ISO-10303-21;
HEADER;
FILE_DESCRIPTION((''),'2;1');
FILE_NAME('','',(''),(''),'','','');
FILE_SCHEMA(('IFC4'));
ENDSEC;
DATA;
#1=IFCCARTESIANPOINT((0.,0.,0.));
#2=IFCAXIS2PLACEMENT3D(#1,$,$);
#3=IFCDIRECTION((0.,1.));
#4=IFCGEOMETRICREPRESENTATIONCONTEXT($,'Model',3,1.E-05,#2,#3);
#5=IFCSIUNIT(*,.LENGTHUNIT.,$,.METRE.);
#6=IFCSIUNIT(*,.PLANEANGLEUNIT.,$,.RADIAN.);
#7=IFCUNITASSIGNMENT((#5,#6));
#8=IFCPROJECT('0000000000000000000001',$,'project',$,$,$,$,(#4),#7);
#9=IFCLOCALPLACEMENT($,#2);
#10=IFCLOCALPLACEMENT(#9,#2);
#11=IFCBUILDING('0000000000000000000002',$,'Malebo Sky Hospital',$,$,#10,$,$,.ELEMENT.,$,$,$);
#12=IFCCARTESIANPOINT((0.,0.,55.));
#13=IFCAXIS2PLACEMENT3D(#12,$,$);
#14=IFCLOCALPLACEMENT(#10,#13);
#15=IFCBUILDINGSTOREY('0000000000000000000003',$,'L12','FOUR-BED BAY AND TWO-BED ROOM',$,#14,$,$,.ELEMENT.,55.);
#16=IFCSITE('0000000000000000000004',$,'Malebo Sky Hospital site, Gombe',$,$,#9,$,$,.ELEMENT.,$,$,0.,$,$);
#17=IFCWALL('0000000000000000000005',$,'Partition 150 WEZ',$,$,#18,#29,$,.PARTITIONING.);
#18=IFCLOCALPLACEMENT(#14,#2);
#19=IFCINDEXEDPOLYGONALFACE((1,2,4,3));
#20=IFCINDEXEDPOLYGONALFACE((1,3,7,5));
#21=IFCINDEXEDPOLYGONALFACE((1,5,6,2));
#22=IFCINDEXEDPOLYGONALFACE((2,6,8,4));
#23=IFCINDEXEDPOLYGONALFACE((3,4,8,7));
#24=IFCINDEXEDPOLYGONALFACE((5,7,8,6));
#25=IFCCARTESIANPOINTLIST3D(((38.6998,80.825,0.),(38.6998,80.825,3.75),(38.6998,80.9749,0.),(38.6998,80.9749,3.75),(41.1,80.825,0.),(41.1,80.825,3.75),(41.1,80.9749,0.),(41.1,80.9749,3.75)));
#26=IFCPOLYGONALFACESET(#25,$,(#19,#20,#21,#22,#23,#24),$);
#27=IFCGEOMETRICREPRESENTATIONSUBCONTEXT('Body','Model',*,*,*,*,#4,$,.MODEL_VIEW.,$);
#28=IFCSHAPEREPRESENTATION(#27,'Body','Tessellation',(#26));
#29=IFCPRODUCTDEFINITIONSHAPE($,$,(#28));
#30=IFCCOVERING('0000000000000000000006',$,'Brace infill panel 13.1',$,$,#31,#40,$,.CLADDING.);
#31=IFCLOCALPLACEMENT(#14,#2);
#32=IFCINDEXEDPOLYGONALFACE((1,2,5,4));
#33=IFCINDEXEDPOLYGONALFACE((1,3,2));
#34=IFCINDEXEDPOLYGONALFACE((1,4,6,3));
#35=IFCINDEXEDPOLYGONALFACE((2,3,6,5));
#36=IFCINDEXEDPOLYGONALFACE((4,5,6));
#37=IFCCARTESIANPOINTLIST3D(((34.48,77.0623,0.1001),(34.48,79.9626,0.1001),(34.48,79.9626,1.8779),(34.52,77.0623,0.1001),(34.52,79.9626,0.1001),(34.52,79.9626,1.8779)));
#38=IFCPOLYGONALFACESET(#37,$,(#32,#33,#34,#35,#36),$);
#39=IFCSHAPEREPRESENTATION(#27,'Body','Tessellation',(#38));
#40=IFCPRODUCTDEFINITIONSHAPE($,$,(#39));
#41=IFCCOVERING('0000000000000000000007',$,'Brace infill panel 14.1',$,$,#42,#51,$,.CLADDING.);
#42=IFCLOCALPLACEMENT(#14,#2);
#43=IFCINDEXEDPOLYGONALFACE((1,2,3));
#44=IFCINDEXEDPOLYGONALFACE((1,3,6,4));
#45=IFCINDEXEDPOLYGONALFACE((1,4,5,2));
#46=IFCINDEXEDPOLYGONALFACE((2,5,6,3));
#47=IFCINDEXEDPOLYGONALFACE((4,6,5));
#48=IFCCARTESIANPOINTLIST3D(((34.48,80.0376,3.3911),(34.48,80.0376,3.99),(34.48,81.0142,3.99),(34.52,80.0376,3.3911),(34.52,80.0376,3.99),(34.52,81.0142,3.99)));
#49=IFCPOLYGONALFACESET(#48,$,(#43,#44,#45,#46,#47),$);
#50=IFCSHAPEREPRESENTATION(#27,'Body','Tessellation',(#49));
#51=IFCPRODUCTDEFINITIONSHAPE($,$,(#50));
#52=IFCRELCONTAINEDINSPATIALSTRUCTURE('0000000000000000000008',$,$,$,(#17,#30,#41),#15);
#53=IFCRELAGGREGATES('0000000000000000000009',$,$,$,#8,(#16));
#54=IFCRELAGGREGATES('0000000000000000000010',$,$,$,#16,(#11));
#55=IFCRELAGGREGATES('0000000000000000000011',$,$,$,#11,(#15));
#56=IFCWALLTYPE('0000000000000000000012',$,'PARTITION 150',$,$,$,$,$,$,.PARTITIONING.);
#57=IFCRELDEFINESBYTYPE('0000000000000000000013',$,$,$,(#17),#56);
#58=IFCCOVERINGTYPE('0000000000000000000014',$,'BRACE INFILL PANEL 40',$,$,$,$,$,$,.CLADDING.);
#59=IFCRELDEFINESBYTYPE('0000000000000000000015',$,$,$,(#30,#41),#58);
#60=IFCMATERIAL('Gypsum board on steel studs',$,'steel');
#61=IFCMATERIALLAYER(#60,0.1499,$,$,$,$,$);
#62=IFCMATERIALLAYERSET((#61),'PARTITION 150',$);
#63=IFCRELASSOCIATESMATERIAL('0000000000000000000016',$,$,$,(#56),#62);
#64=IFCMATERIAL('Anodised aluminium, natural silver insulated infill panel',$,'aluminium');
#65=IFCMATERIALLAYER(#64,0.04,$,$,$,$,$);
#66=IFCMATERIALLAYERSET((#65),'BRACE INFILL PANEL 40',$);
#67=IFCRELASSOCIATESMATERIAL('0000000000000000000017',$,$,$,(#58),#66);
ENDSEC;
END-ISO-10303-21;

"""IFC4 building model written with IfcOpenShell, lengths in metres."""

from ifc_helpers import new_model, si_unit, direction, frame, frame_2d, origin, place, context, subcontext, project, spatial, polyline, rectangle, outline, extrude, material, layer, layer_set, type_object, element, save


model = new_model("IFC4")

# Units and contexts
model_context = context("Model", 3, precision=1e-05, world=origin(), true_north=direction((0.0, 1.0)))
body_context = subcontext(model_context, "Body", "Model", "MODEL_VIEW")
ifc_project = project(units=[si_unit("LENGTHUNIT", "METRE"), si_unit("PLANEANGLEUNIT", "RADIAN")], contexts=[model_context])

# Site, building, storey
site_placement = place(None, origin())
site = spatial("IfcSite", under=ifc_project, at=site_placement, Name="Malebo Sky Hospital site, Gombe", CompositionType="ELEMENT", RefElevation=0.0)
building_placement = place(site_placement, origin())
building = spatial("IfcBuilding", under=site, at=building_placement, Name="Malebo Sky Hospital", CompositionType="ELEMENT")
storey_placement = place(building_placement, frame((0.0, 0.0, 55.0)))
storey = spatial("IfcBuildingStorey", under=building, at=storey_placement, Name="L12", Description="FOUR-BED BAY AND TWO-BED ROOM", CompositionType="ELEMENT", Elevation=55.0)

# Shared definitions
ifc_material_1 = material(Name="Gypsum board on steel studs", Category="steel")

# Shared definitions
ifc_layer_1 = layer(ifc_material_1, 0.1499)
ifc_layer_set_1 = layer_set([ifc_layer_1], Name="PARTITION 150")
wall_type_1 = type_object("IfcWallType", Name="PARTITION 150", PredefinedType="PARTITIONING", material=ifc_layer_set_1)

# Wall
for number, where, z_axis, x_axis, name in (
    (1, (41.1001, 80.8999, 0.0), (0.0, 0.0, 1.0), (-1.0, 0.0, 0.0), "Partition 150 WEZ"),
):
    element("IfcWall", number, at=place(storey_placement, frame(where, z_axis=z_axis, x_axis=x_axis)), inside=storey, type_object=wall_type_1, Name=name, PredefinedType="PARTITIONING", context=body_context, shape_type="SweptSolid", body=[
        extrude(rectangle(XDim=2.4001, YDim=0.1499, at=frame_2d((1.2002, 0.0))), origin(), (0.0, 0.0, 1.0), 3.75),
    ])

# Coverings
ifc_material_2 = material(Name="Anodised aluminium, natural silver insulated infill panel", Category="aluminium")
ifc_layer_2 = layer(ifc_material_2, 0.04)
ifc_layer_set_2 = layer_set([ifc_layer_2], Name="BRACE INFILL PANEL 40")
covering_type = type_object("IfcCoveringType", Name="BRACE INFILL PANEL 40", PredefinedType="CLADDING", material=ifc_layer_set_2)
covering_1_placement = place(storey_placement, frame((34.5, 78.5125, 0.1001), z_axis=(0.0, 0.0, 1.0), x_axis=(0.0, 1.0, 0.0)))
element("IfcCovering", 2, at=covering_1_placement, inside=storey, type_object=covering_type, Name="Brace infill panel 13.1", PredefinedType="CLADDING", context=body_context, shape_type="SweptSolid", body=[
    extrude(outline(polyline([(-1.4502, 0.0), (1.4502, 0.0), (1.4502, 1.7778), (-1.4502, 0.0)])), frame((0.0, 0.02, 0.0), z_axis=(0.0, -1.0, 0.0), x_axis=(1.0, 0.0, 0.0)), (0.0, 0.0, 1.0), 0.04),
])
covering_2_placement = place(storey_placement, frame((34.5, 80.5259, 3.3911), z_axis=(0.0, 0.0, 1.0), x_axis=(0.0, 1.0, 0.0)))
element("IfcCovering", 3, at=covering_2_placement, inside=storey, type_object=covering_type, Name="Brace infill panel 14.1", PredefinedType="CLADDING", context=body_context, shape_type="SweptSolid", body=[
    extrude(outline(polyline([(-0.4883, 0.0), (0.4883, 0.5989), (-0.4883, 0.5989), (-0.4883, 0.0)])), frame((0.0, 0.02, 0.0), z_axis=(0.0, -1.0, 0.0), x_axis=(1.0, 0.0, 0.0)), (0.0, 0.0, 1.0), 0.04),
])

save(model, "model.ifc")
